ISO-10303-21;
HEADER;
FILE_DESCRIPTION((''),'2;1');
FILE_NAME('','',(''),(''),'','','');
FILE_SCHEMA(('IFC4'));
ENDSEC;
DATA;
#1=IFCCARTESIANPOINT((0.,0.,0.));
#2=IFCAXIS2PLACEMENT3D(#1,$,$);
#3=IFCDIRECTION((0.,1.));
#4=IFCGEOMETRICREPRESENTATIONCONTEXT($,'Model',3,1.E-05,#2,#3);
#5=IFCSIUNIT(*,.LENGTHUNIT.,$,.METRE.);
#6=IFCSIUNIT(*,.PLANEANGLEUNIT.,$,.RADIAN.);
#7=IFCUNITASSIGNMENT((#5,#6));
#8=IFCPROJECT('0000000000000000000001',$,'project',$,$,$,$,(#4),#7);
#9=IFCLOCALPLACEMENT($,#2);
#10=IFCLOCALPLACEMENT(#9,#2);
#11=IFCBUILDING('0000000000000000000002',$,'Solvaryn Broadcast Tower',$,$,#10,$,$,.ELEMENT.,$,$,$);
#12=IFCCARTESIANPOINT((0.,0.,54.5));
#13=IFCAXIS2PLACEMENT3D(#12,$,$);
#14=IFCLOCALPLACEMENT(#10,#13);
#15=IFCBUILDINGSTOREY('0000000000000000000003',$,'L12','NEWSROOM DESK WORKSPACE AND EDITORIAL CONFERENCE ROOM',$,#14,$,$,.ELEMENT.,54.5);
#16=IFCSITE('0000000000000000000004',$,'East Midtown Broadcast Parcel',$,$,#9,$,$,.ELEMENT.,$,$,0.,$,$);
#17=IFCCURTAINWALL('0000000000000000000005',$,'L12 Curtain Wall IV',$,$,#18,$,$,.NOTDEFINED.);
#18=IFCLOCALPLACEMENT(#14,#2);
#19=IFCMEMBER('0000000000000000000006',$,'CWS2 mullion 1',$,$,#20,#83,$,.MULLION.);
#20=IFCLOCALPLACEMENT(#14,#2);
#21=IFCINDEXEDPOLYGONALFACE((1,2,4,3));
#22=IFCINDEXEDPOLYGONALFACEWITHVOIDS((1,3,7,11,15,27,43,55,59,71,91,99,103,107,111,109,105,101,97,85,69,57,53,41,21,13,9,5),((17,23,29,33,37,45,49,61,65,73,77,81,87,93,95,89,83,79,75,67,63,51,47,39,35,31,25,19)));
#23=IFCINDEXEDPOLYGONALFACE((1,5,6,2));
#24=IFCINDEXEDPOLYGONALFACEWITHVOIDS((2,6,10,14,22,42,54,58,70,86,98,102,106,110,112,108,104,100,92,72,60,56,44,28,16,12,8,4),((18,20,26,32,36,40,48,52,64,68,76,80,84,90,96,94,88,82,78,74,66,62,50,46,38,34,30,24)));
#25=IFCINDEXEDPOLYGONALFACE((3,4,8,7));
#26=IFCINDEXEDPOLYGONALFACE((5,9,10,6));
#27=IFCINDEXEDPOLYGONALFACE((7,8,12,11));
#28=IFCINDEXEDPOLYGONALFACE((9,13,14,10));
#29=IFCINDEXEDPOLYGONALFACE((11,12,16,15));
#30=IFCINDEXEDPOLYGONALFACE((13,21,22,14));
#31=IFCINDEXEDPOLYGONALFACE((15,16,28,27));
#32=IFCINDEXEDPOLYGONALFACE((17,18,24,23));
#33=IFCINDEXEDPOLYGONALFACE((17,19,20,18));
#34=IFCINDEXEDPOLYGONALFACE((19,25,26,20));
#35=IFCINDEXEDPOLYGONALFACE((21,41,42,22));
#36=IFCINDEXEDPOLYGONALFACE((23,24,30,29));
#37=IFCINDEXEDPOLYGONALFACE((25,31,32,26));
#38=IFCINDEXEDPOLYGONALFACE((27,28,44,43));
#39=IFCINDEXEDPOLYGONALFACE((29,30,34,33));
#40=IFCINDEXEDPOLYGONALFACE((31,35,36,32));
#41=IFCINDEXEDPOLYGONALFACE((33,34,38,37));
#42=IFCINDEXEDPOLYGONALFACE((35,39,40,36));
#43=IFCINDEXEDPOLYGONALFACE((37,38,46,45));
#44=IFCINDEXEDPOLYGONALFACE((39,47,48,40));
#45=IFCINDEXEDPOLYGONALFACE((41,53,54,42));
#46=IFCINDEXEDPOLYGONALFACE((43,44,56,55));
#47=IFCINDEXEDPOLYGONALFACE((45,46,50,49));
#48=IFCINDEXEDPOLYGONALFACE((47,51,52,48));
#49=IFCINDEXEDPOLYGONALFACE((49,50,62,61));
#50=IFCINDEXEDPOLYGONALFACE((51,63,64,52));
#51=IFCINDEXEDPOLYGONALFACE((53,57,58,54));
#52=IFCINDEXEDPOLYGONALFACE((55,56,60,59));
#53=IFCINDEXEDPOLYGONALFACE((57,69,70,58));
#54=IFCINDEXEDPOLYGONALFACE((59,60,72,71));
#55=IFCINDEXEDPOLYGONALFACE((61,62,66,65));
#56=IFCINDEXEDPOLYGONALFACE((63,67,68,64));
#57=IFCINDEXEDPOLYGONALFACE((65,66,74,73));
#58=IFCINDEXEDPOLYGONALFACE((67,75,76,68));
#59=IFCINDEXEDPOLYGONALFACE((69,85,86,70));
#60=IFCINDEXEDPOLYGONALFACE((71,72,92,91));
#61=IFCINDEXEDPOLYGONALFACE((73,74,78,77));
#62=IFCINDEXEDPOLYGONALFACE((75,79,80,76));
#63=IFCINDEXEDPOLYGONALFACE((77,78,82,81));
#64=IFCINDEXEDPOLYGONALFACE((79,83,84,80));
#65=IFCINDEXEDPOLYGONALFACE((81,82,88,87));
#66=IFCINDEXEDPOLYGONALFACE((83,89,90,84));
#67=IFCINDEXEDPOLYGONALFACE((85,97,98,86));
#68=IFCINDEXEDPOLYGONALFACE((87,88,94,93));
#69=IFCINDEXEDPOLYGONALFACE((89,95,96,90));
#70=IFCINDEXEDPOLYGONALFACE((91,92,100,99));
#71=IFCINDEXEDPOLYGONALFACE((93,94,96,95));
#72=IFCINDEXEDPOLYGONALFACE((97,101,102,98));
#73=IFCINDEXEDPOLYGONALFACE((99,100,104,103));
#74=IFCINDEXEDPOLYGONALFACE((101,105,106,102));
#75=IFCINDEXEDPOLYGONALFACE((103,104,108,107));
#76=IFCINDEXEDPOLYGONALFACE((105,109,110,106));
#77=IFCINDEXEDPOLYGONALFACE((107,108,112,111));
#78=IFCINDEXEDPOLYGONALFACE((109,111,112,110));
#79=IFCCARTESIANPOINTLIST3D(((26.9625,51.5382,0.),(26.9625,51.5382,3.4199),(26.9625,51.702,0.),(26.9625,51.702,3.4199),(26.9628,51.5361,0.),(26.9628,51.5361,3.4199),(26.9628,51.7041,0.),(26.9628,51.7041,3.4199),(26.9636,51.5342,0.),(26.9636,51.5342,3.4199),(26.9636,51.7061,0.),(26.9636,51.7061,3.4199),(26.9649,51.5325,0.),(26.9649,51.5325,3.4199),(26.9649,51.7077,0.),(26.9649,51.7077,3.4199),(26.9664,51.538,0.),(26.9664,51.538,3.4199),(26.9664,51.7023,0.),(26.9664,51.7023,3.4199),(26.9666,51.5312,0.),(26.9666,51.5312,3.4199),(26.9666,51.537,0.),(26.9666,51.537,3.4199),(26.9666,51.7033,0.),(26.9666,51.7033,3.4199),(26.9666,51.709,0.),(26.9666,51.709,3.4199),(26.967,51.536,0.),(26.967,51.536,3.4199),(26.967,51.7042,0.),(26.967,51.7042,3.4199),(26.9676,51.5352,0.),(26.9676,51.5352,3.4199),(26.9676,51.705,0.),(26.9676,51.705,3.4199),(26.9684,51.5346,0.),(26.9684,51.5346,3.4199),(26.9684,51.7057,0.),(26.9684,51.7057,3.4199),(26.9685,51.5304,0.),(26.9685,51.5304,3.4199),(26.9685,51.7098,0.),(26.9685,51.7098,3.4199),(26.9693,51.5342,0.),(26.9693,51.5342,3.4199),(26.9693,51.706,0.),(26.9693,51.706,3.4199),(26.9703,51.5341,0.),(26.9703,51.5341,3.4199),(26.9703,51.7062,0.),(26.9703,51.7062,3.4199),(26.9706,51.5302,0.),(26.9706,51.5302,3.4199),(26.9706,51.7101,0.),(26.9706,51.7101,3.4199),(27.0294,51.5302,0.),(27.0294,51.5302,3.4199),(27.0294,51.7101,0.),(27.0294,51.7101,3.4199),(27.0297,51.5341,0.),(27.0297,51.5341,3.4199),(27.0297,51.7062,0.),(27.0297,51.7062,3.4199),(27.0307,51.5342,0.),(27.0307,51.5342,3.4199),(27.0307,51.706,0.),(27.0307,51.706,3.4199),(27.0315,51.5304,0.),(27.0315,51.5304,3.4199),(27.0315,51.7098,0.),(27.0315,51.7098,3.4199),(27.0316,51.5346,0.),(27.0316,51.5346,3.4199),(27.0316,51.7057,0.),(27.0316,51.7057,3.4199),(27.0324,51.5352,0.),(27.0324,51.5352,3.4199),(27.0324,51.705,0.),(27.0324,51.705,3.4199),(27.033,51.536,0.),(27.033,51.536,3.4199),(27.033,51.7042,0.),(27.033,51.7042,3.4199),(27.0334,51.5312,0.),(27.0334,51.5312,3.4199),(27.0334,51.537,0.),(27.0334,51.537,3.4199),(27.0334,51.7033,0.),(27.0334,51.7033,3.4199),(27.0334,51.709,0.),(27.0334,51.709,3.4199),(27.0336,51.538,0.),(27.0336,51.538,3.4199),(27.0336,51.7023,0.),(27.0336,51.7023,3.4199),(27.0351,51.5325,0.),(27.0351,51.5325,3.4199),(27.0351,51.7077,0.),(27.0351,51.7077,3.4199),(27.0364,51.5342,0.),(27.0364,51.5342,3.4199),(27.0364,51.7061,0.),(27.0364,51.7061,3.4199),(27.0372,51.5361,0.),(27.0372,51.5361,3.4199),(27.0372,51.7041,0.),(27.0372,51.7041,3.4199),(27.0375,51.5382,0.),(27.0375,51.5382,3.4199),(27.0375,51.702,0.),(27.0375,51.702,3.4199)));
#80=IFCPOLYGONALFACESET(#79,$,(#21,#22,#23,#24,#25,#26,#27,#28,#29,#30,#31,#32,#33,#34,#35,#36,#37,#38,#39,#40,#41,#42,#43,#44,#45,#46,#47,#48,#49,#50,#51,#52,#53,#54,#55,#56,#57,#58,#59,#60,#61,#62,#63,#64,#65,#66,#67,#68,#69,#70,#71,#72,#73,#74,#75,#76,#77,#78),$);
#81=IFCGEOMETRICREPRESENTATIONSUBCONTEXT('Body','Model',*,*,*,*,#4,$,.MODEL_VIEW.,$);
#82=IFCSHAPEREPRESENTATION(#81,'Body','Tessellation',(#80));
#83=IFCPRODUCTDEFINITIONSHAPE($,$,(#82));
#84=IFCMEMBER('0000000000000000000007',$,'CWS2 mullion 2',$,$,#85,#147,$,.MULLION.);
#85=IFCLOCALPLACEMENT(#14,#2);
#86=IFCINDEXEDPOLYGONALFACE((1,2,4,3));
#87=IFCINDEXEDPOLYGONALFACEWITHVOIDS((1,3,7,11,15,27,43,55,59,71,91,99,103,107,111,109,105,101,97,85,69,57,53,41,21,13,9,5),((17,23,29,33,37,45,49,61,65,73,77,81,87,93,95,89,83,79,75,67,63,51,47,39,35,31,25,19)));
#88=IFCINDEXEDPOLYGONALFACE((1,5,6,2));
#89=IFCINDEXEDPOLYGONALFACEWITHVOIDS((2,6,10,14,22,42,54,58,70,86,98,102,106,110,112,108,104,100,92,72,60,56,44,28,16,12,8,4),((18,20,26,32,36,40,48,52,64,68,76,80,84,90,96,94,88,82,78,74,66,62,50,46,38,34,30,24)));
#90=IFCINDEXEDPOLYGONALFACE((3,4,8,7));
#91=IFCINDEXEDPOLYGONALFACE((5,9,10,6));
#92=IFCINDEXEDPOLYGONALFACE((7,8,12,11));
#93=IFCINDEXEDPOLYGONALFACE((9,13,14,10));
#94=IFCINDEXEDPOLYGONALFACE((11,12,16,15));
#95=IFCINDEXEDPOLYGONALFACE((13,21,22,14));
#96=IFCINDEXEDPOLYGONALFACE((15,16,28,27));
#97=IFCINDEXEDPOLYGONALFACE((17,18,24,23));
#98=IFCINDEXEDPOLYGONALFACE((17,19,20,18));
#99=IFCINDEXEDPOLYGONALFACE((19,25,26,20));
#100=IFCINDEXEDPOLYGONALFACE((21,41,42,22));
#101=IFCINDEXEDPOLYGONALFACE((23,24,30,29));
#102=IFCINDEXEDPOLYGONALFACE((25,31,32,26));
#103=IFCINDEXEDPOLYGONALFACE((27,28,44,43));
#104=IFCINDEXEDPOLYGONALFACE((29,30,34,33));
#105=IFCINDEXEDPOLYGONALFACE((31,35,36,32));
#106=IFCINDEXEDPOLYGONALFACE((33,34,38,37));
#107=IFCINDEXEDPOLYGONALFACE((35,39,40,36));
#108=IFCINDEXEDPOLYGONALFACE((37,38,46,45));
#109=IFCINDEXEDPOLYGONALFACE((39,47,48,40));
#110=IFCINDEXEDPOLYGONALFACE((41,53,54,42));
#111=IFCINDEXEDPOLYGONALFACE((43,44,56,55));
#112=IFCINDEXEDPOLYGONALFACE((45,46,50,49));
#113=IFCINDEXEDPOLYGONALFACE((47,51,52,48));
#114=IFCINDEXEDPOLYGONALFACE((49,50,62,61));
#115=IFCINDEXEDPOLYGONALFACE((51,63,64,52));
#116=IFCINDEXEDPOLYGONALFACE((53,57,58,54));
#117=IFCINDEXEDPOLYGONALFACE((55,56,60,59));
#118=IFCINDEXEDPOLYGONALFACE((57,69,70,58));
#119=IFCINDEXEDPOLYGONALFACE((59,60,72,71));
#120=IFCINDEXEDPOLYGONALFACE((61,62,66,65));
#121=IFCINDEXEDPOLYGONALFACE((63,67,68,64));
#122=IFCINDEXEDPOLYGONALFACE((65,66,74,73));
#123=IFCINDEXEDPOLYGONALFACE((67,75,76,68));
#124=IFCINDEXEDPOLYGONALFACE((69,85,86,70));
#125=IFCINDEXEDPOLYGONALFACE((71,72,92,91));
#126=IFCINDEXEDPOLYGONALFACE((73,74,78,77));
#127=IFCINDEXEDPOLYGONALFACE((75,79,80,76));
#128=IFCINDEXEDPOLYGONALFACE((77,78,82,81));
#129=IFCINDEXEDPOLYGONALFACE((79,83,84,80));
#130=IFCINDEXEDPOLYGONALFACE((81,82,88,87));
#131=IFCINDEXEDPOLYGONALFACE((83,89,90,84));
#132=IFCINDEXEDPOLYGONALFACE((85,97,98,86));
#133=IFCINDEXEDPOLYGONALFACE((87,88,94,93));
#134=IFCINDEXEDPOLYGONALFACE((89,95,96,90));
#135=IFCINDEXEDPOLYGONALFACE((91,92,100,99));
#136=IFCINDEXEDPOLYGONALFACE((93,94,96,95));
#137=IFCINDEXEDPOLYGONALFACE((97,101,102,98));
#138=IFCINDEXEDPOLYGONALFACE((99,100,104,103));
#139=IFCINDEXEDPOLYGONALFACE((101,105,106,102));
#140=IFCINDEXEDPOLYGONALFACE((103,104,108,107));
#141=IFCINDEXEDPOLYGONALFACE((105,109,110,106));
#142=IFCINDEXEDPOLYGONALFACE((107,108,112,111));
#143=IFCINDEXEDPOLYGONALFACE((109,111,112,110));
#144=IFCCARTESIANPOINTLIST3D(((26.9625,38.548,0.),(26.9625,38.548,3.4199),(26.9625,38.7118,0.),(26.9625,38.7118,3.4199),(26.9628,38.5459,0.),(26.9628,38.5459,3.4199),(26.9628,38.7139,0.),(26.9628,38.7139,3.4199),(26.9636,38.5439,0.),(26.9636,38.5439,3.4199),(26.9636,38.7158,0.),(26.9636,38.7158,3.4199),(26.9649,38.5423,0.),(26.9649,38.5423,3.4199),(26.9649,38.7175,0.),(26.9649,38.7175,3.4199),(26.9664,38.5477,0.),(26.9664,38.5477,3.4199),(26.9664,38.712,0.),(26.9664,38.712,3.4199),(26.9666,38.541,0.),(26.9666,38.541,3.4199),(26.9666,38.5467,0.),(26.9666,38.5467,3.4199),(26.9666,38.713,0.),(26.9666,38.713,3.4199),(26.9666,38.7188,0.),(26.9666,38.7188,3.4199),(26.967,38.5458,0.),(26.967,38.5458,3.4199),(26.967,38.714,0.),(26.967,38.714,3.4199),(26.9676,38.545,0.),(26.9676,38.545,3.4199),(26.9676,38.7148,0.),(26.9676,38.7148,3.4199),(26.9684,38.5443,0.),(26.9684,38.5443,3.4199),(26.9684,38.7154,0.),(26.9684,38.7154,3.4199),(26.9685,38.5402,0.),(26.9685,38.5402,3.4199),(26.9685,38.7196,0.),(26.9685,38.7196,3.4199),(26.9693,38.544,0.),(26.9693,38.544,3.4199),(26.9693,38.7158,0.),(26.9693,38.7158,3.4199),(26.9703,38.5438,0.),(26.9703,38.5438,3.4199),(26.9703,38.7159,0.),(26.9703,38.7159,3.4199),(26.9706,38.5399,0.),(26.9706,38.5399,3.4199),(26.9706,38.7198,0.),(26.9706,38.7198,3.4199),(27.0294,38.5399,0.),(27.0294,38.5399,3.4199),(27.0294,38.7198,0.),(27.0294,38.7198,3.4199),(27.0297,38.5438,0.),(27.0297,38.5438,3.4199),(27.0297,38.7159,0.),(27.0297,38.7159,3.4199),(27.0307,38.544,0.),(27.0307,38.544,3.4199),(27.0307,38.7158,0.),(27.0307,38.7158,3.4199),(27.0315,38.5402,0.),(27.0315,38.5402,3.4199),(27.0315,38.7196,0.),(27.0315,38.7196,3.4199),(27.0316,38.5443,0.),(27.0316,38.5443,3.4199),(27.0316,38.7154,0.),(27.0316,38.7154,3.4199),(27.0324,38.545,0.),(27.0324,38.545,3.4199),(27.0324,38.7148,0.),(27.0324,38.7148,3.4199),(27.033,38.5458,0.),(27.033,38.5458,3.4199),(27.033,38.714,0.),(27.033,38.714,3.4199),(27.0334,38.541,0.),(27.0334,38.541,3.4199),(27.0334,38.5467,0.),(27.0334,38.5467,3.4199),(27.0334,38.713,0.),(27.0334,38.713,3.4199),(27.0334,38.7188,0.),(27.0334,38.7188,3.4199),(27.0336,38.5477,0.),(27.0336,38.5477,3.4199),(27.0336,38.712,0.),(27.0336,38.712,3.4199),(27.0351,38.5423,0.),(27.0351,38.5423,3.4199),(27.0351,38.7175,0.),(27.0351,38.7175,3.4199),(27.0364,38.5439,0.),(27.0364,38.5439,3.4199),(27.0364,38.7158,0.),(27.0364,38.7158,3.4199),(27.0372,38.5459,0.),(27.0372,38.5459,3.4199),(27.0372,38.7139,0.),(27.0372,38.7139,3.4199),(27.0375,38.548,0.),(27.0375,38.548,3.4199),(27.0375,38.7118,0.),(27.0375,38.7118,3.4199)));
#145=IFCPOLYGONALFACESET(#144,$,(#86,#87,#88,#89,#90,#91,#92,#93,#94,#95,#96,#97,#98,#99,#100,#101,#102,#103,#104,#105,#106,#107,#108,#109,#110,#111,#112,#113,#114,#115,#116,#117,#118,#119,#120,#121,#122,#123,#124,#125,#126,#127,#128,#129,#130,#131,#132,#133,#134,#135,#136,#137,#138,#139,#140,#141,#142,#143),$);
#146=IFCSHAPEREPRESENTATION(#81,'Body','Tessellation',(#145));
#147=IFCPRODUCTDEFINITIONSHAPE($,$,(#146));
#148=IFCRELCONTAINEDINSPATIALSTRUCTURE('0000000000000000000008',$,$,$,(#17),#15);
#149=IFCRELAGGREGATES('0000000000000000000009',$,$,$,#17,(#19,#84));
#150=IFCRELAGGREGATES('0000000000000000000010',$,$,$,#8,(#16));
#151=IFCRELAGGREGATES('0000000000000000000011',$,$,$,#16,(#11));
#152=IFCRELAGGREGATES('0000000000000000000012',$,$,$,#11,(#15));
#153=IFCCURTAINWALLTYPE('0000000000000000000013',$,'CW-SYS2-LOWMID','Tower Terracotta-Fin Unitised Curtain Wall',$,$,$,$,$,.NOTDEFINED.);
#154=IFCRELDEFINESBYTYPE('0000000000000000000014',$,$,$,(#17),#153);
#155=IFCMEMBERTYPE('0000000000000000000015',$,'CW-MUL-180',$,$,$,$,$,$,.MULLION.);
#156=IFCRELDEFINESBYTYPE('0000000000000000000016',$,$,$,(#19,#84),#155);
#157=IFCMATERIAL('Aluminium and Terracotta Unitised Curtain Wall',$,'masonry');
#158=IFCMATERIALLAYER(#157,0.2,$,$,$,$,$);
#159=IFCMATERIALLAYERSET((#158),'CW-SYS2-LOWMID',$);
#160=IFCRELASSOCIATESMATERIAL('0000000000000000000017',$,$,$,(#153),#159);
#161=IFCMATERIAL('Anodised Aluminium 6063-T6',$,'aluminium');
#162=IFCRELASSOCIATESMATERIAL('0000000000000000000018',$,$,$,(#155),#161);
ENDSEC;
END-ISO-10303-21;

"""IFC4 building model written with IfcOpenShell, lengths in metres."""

from ifc_helpers import new_model, si_unit, direction, frame, origin, origin_2d, place, context, subcontext, project, spatial, hollow_rectangle, extrude, material, layer, layer_set, material_profile, profile_set, type_object, element, aggregate, save


model = new_model("IFC4")

# Units and contexts
model_context = context("Model", 3, precision=1e-05, world=origin(), true_north=direction((0.0, 1.0)))
body_context = subcontext(model_context, "Body", "Model", "MODEL_VIEW")
ifc_project = project(units=[si_unit("LENGTHUNIT", "METRE"), si_unit("PLANEANGLEUNIT", "RADIAN")], contexts=[model_context])

# Site, building, storey
site_placement = place(None, origin())
site = spatial("IfcSite", under=ifc_project, at=site_placement, Name="East Midtown Broadcast Parcel", CompositionType="ELEMENT", RefElevation=0.0)
building_placement = place(site_placement, origin())
building = spatial("IfcBuilding", under=site, at=building_placement, Name="Solvaryn Broadcast Tower", CompositionType="ELEMENT")
storey_placement = place(building_placement, frame((0.0, 0.0, 54.5)))
storey = spatial("IfcBuildingStorey", under=building, at=storey_placement, Name="L12", Description="NEWSROOM DESK WORKSPACE AND EDITORIAL CONFERENCE ROOM", CompositionType="ELEMENT", Elevation=54.5)

# Curtain wall, members
ifc_material_1 = material(Name="Aluminium and Terracotta Unitised Curtain Wall", Category="masonry")
ifc_layer_1 = layer(ifc_material_1, 0.2)
ifc_layer_set_1 = layer_set([ifc_layer_1], Name="CW-SYS2-LOWMID")
curtain_wall_type = type_object("IfcCurtainWallType", Name="CW-SYS2-LOWMID", Description="Tower Terracotta-Fin Unitised Curtain Wall", PredefinedType="NOTDEFINED", material=ifc_layer_set_1)
curtain_wall_1_placement = place(storey_placement, origin())
curtain_wall_1 = element("IfcCurtainWall", 1, at=curtain_wall_1_placement, inside=storey, type_object=curtain_wall_type, Name="L12 Curtain Wall IV", PredefinedType="NOTDEFINED")
ifc_material_2 = material(Name="Anodised Aluminium 6063-T6", Category="aluminium")
ifc_material_profile_1 = material_profile(ifc_material_2, hollow_rectangle(XDim=0.075, YDim=0.1799, WallThickness=0.0039, InnerFilletRadius=0.0039, OuterFilletRadius=0.0081, at=origin_2d()))
ifc_profile_set_1 = profile_set([ifc_material_profile_1], Name="Anodised Aluminium 6063-T6")
member_type_1 = type_object("IfcMemberType", Name="CW-MUL-180", PredefinedType="MULLION", material=ifc_profile_set_1)
member_1_placement = place(storey_placement, frame((27.0, 51.6201, 0.0), z_axis=(0.0, 0.0, 1.0), x_axis=(1.0, 0.0, 0.0)))
member_1 = element("IfcMember", 2, at=member_1_placement, type_object=member_type_1, Name="CWS2 mullion 1", PredefinedType="MULLION", context=body_context, shape_type="SweptSolid", body=[
    extrude(hollow_rectangle(XDim=0.075, YDim=0.1799, WallThickness=0.0039, InnerFilletRadius=0.0039, OuterFilletRadius=0.0081, at=origin_2d()), origin(), (0.0, 0.0, 1.0), 3.4199),
])
member_2_placement = place(storey_placement, frame((27.0, 38.6299, 0.0), z_axis=(0.0, 0.0, 1.0), x_axis=(1.0, 0.0, 0.0)))
member_2 = element("IfcMember", 3, at=member_2_placement, type_object=member_type_1, Name="CWS2 mullion 2", PredefinedType="MULLION", context=body_context, shape_type="SweptSolid", body=[
    extrude(hollow_rectangle(XDim=0.075, YDim=0.1799, WallThickness=0.0039, InnerFilletRadius=0.0039, OuterFilletRadius=0.0081, at=origin_2d()), origin(), (0.0, 0.0, 1.0), 3.4199),
])

aggregate(curtain_wall_1, [member_1, member_2])

save(model, "model.ifc")
